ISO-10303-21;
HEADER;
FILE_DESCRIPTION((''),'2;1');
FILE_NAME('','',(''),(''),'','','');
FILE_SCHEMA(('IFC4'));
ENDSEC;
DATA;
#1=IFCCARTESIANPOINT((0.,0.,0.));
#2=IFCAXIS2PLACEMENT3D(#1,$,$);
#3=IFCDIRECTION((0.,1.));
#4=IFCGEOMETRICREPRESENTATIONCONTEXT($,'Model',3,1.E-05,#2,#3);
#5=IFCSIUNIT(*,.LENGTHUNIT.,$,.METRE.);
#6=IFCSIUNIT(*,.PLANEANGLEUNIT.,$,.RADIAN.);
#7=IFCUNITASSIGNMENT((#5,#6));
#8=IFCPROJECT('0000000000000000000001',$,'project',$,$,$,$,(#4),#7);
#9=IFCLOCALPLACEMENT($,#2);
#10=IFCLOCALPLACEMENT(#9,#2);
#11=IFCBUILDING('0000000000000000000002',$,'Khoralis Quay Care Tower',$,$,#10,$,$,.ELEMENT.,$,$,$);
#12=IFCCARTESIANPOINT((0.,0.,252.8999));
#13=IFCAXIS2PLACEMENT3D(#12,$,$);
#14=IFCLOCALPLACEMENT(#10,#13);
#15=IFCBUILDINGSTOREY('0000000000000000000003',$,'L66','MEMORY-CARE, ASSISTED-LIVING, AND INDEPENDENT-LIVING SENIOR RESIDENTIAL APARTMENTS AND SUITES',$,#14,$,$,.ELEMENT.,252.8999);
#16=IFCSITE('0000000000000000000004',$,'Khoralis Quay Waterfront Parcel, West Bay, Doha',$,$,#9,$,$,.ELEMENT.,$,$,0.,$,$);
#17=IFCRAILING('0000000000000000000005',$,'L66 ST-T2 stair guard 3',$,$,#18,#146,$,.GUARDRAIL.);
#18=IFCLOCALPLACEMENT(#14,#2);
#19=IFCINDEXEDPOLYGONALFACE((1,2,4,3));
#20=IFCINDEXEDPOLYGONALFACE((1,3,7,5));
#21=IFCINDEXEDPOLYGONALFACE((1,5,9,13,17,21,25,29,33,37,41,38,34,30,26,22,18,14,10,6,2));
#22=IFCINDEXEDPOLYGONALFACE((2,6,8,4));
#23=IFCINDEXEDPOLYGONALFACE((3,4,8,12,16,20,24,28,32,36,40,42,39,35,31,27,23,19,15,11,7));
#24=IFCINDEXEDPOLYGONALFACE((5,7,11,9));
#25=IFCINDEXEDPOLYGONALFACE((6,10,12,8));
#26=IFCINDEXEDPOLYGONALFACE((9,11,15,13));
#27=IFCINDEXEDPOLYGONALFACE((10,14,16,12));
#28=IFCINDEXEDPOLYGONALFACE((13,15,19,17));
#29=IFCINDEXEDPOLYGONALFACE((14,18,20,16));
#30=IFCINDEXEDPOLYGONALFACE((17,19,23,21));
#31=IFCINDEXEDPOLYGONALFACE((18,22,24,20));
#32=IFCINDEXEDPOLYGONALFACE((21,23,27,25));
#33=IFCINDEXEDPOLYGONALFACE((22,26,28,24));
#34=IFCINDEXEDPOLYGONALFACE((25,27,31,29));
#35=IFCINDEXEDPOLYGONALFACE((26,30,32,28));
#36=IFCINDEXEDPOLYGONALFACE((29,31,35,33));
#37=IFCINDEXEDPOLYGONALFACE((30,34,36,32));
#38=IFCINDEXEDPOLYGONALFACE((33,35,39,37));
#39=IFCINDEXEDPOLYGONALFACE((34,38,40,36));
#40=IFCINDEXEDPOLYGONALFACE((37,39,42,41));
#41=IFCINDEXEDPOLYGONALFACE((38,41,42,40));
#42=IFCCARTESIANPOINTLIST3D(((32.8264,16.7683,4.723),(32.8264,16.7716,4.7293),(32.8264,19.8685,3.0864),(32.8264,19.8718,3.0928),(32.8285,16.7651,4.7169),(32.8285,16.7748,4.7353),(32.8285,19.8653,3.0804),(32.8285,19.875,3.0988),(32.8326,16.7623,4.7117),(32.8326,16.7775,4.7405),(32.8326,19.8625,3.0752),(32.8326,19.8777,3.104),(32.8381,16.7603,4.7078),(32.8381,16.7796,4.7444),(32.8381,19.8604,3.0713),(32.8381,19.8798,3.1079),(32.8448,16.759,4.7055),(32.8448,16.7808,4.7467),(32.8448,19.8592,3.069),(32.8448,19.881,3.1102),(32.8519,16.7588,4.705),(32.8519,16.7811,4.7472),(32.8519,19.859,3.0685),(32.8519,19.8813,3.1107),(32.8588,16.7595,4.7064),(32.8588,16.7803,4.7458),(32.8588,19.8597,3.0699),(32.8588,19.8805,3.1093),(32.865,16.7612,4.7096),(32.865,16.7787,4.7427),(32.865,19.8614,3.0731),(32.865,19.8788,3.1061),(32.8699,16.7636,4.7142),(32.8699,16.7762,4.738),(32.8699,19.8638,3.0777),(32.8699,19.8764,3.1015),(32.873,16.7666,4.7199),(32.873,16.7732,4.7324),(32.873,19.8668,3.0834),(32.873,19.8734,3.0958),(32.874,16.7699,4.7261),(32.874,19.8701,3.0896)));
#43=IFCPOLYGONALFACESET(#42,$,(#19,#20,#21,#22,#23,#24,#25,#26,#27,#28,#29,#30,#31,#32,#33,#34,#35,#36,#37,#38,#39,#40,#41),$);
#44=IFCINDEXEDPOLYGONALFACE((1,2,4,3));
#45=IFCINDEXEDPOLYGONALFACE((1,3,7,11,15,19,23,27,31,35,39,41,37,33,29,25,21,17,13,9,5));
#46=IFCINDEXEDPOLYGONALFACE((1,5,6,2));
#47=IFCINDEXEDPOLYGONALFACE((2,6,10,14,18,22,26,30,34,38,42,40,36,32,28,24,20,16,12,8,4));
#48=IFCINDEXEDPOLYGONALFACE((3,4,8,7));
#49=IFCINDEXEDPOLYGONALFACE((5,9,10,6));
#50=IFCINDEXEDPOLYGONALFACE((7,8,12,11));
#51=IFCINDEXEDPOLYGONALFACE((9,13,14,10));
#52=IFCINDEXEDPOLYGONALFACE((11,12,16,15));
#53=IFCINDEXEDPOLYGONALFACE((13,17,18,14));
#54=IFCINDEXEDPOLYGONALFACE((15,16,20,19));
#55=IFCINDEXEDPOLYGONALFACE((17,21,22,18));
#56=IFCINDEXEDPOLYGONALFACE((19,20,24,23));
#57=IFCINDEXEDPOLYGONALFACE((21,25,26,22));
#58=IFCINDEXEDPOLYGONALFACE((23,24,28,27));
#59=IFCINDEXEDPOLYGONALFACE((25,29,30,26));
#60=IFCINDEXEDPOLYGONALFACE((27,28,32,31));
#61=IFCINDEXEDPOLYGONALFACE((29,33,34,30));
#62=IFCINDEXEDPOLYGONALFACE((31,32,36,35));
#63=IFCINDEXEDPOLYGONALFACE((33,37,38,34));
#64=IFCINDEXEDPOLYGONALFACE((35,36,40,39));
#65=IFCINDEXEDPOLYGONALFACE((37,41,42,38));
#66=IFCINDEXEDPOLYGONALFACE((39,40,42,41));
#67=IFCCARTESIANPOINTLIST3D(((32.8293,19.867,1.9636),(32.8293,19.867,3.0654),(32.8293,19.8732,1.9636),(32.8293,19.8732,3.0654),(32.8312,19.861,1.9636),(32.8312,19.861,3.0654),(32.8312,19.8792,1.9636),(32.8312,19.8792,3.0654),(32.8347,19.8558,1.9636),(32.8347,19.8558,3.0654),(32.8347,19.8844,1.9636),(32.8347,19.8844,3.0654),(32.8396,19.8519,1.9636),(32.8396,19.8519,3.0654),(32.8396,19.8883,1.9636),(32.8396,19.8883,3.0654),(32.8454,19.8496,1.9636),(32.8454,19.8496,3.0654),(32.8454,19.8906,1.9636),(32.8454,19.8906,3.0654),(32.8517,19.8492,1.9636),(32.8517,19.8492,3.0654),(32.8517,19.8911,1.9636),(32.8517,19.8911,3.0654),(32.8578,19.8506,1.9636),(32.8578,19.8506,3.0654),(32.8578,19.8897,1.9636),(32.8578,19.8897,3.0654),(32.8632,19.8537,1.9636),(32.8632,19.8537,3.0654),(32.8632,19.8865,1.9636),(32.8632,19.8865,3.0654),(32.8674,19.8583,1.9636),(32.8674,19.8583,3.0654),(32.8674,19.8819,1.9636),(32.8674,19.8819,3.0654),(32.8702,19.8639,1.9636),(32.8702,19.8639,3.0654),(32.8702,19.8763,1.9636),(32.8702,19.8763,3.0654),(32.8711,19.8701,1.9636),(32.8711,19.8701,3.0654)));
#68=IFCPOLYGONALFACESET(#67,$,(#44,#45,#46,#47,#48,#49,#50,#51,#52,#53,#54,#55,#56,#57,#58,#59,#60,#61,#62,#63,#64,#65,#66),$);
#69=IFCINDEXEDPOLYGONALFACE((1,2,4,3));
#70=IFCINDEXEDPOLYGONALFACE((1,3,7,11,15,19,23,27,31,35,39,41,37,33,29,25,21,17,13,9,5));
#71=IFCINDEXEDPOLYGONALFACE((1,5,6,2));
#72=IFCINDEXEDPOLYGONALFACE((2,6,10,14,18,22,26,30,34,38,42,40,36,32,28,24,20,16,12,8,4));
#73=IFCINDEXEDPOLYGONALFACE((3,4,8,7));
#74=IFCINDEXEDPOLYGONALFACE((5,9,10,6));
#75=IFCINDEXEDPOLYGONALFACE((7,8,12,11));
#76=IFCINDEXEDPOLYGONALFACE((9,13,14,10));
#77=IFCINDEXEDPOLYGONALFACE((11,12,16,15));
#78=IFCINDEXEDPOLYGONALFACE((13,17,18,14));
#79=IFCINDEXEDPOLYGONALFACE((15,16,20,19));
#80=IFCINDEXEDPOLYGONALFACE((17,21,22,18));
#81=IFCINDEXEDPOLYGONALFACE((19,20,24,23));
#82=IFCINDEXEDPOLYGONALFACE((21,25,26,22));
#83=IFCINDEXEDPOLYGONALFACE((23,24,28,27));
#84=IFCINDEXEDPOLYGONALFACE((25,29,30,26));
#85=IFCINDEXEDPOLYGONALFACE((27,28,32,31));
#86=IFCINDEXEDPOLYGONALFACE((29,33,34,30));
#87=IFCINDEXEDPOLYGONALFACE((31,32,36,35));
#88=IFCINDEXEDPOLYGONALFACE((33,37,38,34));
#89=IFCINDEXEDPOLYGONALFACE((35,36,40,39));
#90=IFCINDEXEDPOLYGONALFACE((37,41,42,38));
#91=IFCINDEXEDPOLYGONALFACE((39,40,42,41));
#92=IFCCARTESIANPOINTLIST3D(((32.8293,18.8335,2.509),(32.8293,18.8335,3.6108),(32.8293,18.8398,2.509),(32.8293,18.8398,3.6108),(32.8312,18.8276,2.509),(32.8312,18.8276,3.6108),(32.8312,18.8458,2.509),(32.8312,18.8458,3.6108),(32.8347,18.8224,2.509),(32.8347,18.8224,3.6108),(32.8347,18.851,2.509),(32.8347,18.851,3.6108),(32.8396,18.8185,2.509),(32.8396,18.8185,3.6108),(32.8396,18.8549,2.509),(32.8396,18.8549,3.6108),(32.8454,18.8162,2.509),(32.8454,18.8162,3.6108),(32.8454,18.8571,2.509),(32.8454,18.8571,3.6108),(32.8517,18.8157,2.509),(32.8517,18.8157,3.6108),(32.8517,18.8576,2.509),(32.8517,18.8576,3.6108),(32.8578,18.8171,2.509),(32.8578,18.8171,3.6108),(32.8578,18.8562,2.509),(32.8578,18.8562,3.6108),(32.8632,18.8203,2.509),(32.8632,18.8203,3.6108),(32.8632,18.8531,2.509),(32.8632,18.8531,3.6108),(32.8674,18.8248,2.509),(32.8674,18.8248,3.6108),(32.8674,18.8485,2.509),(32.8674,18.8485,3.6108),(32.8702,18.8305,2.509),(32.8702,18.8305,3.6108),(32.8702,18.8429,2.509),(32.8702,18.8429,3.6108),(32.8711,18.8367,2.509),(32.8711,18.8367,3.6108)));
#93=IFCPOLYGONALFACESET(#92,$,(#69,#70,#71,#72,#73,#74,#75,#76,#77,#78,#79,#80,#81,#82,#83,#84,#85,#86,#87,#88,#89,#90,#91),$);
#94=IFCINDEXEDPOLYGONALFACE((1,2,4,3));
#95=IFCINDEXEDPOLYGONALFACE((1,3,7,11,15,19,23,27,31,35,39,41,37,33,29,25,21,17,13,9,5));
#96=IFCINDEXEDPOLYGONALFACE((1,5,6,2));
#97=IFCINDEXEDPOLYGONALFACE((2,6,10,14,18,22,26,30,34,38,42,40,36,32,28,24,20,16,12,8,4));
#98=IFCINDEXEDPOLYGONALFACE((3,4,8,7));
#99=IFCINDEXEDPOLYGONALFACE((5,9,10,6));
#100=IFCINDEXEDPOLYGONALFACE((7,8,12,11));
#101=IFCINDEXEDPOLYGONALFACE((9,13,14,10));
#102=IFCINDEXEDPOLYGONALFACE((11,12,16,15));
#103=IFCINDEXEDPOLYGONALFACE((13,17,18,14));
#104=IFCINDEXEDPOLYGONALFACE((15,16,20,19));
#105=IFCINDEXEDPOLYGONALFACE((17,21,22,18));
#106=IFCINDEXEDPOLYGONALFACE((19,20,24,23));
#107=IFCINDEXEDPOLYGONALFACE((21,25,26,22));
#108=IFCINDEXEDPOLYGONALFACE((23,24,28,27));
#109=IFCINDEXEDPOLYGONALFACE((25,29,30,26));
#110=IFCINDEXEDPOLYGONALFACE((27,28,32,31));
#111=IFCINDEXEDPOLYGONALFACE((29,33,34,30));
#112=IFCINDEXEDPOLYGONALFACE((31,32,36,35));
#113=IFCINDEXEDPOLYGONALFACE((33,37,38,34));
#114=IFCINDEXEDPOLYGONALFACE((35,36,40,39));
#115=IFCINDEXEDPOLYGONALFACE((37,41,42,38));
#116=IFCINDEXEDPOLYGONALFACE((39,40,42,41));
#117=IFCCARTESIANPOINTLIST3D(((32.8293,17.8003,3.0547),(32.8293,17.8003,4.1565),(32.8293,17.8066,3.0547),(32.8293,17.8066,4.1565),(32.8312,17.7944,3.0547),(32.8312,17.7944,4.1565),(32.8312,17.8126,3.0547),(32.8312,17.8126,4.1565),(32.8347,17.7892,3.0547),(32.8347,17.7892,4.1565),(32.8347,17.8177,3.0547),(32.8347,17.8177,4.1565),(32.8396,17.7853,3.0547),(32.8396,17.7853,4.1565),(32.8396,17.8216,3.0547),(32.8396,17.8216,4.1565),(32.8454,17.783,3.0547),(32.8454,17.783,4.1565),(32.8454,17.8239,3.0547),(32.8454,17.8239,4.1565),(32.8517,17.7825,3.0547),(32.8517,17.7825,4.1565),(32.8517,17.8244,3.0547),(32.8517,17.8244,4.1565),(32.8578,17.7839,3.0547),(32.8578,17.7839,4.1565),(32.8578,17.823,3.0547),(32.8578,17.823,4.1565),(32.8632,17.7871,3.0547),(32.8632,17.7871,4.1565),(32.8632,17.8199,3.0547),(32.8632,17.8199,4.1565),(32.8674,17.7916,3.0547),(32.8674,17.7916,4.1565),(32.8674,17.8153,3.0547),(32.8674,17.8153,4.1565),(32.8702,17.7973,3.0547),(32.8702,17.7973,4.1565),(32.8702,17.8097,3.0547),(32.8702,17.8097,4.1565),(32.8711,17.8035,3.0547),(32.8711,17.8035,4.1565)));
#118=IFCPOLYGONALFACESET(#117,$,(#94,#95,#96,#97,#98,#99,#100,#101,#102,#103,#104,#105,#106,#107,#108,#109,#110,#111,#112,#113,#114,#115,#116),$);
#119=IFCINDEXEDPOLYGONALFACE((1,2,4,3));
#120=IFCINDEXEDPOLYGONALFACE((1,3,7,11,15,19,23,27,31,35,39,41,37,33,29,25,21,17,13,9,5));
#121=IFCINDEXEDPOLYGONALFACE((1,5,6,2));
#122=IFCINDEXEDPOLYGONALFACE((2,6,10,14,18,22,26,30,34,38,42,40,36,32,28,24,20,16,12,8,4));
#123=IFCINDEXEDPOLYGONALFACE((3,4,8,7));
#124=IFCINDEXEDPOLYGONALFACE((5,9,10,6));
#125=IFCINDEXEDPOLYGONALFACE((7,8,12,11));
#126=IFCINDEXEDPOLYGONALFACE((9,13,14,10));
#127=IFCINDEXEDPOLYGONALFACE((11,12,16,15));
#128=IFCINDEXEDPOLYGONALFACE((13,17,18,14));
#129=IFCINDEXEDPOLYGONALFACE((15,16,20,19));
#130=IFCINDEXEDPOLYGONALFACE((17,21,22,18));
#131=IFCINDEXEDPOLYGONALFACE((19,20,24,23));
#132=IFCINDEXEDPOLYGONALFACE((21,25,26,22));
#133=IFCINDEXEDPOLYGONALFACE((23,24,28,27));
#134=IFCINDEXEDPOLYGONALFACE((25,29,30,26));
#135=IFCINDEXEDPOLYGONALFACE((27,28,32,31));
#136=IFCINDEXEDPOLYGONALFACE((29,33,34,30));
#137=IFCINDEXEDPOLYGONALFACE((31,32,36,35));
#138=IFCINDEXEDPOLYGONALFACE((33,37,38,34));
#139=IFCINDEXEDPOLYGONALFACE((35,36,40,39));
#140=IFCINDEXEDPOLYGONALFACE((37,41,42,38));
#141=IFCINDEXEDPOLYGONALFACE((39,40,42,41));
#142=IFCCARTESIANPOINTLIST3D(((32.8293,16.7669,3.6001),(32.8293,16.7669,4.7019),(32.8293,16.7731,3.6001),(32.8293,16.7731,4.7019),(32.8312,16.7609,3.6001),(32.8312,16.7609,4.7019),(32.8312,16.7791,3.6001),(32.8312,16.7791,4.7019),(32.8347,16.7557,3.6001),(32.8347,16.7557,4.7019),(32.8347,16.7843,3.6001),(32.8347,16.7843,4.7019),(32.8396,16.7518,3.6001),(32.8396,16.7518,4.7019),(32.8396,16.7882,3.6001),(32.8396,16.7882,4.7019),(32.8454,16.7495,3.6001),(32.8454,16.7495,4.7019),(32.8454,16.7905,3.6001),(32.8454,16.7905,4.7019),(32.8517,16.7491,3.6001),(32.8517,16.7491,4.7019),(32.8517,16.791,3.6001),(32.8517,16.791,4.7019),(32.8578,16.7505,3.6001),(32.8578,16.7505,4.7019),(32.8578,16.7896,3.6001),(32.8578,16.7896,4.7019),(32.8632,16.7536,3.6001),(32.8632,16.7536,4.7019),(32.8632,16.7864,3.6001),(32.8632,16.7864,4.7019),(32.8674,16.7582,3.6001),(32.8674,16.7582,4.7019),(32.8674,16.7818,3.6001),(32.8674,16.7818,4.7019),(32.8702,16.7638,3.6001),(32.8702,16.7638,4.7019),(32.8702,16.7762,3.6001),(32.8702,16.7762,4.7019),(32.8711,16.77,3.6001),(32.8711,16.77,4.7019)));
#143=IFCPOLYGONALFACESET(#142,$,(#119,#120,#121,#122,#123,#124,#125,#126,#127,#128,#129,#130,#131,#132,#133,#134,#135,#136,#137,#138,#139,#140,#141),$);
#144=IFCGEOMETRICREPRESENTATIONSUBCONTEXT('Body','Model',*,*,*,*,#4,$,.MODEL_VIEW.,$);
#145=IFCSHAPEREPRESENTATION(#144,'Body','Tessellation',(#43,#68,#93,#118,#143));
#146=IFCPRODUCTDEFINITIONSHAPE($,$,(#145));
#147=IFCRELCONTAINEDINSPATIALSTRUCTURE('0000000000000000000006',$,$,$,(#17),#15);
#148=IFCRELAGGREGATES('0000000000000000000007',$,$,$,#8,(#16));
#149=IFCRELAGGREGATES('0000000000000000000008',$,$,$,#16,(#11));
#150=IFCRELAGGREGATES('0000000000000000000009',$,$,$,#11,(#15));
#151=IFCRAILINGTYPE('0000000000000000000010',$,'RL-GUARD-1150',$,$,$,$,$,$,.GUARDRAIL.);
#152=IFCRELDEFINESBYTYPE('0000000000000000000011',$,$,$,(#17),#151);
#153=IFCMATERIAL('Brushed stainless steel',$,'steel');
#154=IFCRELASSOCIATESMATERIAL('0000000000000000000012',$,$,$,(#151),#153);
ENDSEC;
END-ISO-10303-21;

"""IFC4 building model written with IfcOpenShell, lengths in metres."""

from ifc_helpers import new_model, si_unit, direction, frame, origin, origin_2d, place, context, subcontext, project, spatial, circle, extrude, material, type_object, element, save


model = new_model("IFC4")

# Units and contexts
model_context = context("Model", 3, precision=1e-05, world=origin(), true_north=direction((0.0, 1.0)))
body_context = subcontext(model_context, "Body", "Model", "MODEL_VIEW")
ifc_project = project(units=[si_unit("LENGTHUNIT", "METRE"), si_unit("PLANEANGLEUNIT", "RADIAN")], contexts=[model_context])

# Site, building, storey
site_placement = place(None, origin())
site = spatial("IfcSite", under=ifc_project, at=site_placement, Name="Khoralis Quay Waterfront Parcel, West Bay, Doha", CompositionType="ELEMENT", RefElevation=0.0)
building_placement = place(site_placement, origin())
building = spatial("IfcBuilding", under=site, at=building_placement, Name="Khoralis Quay Care Tower", CompositionType="ELEMENT")
storey_placement = place(building_placement, frame((0.0, 0.0, 252.8999)))
storey = spatial("IfcBuildingStorey", under=building, at=storey_placement, Name="L66", Description="MEMORY-CARE, ASSISTED-LIVING, AND INDEPENDENT-LIVING SENIOR RESIDENTIAL APARTMENTS AND SUITES", CompositionType="ELEMENT", Elevation=252.8999)

# Shared definitions
ifc_material_1 = material(Name="Brushed stainless steel", Category="steel")

# Railing
railing_type_1 = type_object("IfcRailingType", Name="RL-GUARD-1150", PredefinedType="GUARDRAIL", material=ifc_material_1)
railing_1_placement = place(storey_placement, frame((32.8501, 19.8701, 1.9636)))
element("IfcRailing", 1, at=railing_1_placement, inside=storey, type_object=railing_type_1, Name="L66 ST-T2 stair guard 3", PredefinedType="GUARDRAIL", context=body_context, shape_type="SweptSolid", body=[
    extrude(circle(Radius=0.0239, at=origin_2d()), frame((0.0, 0.0, 1.126), z_axis=(0.0, -0.884348, 0.466828), x_axis=(1.0, 0.0, 0.0)), (0.0, 0.0, 1.0), 3.5056),
    extrude(circle(Radius=0.021, at=origin_2d()), origin(), (0.0, 0.0, 1.0), 1.1018),
    extrude(circle(Radius=0.021, at=origin_2d()), frame((0.0, -1.0334, 0.5454)), (0.0, 0.0, 1.0), 1.1018),
    extrude(circle(Radius=0.021, at=origin_2d()), frame((0.0, -2.0667, 1.0911)), (0.0, 0.0, 1.0), 1.1018),
    extrude(circle(Radius=0.021, at=origin_2d()), frame((0.0, -3.1001, 1.6365)), (0.0, 0.0, 1.0), 1.1018),
])

save(model, "model.ifc")
